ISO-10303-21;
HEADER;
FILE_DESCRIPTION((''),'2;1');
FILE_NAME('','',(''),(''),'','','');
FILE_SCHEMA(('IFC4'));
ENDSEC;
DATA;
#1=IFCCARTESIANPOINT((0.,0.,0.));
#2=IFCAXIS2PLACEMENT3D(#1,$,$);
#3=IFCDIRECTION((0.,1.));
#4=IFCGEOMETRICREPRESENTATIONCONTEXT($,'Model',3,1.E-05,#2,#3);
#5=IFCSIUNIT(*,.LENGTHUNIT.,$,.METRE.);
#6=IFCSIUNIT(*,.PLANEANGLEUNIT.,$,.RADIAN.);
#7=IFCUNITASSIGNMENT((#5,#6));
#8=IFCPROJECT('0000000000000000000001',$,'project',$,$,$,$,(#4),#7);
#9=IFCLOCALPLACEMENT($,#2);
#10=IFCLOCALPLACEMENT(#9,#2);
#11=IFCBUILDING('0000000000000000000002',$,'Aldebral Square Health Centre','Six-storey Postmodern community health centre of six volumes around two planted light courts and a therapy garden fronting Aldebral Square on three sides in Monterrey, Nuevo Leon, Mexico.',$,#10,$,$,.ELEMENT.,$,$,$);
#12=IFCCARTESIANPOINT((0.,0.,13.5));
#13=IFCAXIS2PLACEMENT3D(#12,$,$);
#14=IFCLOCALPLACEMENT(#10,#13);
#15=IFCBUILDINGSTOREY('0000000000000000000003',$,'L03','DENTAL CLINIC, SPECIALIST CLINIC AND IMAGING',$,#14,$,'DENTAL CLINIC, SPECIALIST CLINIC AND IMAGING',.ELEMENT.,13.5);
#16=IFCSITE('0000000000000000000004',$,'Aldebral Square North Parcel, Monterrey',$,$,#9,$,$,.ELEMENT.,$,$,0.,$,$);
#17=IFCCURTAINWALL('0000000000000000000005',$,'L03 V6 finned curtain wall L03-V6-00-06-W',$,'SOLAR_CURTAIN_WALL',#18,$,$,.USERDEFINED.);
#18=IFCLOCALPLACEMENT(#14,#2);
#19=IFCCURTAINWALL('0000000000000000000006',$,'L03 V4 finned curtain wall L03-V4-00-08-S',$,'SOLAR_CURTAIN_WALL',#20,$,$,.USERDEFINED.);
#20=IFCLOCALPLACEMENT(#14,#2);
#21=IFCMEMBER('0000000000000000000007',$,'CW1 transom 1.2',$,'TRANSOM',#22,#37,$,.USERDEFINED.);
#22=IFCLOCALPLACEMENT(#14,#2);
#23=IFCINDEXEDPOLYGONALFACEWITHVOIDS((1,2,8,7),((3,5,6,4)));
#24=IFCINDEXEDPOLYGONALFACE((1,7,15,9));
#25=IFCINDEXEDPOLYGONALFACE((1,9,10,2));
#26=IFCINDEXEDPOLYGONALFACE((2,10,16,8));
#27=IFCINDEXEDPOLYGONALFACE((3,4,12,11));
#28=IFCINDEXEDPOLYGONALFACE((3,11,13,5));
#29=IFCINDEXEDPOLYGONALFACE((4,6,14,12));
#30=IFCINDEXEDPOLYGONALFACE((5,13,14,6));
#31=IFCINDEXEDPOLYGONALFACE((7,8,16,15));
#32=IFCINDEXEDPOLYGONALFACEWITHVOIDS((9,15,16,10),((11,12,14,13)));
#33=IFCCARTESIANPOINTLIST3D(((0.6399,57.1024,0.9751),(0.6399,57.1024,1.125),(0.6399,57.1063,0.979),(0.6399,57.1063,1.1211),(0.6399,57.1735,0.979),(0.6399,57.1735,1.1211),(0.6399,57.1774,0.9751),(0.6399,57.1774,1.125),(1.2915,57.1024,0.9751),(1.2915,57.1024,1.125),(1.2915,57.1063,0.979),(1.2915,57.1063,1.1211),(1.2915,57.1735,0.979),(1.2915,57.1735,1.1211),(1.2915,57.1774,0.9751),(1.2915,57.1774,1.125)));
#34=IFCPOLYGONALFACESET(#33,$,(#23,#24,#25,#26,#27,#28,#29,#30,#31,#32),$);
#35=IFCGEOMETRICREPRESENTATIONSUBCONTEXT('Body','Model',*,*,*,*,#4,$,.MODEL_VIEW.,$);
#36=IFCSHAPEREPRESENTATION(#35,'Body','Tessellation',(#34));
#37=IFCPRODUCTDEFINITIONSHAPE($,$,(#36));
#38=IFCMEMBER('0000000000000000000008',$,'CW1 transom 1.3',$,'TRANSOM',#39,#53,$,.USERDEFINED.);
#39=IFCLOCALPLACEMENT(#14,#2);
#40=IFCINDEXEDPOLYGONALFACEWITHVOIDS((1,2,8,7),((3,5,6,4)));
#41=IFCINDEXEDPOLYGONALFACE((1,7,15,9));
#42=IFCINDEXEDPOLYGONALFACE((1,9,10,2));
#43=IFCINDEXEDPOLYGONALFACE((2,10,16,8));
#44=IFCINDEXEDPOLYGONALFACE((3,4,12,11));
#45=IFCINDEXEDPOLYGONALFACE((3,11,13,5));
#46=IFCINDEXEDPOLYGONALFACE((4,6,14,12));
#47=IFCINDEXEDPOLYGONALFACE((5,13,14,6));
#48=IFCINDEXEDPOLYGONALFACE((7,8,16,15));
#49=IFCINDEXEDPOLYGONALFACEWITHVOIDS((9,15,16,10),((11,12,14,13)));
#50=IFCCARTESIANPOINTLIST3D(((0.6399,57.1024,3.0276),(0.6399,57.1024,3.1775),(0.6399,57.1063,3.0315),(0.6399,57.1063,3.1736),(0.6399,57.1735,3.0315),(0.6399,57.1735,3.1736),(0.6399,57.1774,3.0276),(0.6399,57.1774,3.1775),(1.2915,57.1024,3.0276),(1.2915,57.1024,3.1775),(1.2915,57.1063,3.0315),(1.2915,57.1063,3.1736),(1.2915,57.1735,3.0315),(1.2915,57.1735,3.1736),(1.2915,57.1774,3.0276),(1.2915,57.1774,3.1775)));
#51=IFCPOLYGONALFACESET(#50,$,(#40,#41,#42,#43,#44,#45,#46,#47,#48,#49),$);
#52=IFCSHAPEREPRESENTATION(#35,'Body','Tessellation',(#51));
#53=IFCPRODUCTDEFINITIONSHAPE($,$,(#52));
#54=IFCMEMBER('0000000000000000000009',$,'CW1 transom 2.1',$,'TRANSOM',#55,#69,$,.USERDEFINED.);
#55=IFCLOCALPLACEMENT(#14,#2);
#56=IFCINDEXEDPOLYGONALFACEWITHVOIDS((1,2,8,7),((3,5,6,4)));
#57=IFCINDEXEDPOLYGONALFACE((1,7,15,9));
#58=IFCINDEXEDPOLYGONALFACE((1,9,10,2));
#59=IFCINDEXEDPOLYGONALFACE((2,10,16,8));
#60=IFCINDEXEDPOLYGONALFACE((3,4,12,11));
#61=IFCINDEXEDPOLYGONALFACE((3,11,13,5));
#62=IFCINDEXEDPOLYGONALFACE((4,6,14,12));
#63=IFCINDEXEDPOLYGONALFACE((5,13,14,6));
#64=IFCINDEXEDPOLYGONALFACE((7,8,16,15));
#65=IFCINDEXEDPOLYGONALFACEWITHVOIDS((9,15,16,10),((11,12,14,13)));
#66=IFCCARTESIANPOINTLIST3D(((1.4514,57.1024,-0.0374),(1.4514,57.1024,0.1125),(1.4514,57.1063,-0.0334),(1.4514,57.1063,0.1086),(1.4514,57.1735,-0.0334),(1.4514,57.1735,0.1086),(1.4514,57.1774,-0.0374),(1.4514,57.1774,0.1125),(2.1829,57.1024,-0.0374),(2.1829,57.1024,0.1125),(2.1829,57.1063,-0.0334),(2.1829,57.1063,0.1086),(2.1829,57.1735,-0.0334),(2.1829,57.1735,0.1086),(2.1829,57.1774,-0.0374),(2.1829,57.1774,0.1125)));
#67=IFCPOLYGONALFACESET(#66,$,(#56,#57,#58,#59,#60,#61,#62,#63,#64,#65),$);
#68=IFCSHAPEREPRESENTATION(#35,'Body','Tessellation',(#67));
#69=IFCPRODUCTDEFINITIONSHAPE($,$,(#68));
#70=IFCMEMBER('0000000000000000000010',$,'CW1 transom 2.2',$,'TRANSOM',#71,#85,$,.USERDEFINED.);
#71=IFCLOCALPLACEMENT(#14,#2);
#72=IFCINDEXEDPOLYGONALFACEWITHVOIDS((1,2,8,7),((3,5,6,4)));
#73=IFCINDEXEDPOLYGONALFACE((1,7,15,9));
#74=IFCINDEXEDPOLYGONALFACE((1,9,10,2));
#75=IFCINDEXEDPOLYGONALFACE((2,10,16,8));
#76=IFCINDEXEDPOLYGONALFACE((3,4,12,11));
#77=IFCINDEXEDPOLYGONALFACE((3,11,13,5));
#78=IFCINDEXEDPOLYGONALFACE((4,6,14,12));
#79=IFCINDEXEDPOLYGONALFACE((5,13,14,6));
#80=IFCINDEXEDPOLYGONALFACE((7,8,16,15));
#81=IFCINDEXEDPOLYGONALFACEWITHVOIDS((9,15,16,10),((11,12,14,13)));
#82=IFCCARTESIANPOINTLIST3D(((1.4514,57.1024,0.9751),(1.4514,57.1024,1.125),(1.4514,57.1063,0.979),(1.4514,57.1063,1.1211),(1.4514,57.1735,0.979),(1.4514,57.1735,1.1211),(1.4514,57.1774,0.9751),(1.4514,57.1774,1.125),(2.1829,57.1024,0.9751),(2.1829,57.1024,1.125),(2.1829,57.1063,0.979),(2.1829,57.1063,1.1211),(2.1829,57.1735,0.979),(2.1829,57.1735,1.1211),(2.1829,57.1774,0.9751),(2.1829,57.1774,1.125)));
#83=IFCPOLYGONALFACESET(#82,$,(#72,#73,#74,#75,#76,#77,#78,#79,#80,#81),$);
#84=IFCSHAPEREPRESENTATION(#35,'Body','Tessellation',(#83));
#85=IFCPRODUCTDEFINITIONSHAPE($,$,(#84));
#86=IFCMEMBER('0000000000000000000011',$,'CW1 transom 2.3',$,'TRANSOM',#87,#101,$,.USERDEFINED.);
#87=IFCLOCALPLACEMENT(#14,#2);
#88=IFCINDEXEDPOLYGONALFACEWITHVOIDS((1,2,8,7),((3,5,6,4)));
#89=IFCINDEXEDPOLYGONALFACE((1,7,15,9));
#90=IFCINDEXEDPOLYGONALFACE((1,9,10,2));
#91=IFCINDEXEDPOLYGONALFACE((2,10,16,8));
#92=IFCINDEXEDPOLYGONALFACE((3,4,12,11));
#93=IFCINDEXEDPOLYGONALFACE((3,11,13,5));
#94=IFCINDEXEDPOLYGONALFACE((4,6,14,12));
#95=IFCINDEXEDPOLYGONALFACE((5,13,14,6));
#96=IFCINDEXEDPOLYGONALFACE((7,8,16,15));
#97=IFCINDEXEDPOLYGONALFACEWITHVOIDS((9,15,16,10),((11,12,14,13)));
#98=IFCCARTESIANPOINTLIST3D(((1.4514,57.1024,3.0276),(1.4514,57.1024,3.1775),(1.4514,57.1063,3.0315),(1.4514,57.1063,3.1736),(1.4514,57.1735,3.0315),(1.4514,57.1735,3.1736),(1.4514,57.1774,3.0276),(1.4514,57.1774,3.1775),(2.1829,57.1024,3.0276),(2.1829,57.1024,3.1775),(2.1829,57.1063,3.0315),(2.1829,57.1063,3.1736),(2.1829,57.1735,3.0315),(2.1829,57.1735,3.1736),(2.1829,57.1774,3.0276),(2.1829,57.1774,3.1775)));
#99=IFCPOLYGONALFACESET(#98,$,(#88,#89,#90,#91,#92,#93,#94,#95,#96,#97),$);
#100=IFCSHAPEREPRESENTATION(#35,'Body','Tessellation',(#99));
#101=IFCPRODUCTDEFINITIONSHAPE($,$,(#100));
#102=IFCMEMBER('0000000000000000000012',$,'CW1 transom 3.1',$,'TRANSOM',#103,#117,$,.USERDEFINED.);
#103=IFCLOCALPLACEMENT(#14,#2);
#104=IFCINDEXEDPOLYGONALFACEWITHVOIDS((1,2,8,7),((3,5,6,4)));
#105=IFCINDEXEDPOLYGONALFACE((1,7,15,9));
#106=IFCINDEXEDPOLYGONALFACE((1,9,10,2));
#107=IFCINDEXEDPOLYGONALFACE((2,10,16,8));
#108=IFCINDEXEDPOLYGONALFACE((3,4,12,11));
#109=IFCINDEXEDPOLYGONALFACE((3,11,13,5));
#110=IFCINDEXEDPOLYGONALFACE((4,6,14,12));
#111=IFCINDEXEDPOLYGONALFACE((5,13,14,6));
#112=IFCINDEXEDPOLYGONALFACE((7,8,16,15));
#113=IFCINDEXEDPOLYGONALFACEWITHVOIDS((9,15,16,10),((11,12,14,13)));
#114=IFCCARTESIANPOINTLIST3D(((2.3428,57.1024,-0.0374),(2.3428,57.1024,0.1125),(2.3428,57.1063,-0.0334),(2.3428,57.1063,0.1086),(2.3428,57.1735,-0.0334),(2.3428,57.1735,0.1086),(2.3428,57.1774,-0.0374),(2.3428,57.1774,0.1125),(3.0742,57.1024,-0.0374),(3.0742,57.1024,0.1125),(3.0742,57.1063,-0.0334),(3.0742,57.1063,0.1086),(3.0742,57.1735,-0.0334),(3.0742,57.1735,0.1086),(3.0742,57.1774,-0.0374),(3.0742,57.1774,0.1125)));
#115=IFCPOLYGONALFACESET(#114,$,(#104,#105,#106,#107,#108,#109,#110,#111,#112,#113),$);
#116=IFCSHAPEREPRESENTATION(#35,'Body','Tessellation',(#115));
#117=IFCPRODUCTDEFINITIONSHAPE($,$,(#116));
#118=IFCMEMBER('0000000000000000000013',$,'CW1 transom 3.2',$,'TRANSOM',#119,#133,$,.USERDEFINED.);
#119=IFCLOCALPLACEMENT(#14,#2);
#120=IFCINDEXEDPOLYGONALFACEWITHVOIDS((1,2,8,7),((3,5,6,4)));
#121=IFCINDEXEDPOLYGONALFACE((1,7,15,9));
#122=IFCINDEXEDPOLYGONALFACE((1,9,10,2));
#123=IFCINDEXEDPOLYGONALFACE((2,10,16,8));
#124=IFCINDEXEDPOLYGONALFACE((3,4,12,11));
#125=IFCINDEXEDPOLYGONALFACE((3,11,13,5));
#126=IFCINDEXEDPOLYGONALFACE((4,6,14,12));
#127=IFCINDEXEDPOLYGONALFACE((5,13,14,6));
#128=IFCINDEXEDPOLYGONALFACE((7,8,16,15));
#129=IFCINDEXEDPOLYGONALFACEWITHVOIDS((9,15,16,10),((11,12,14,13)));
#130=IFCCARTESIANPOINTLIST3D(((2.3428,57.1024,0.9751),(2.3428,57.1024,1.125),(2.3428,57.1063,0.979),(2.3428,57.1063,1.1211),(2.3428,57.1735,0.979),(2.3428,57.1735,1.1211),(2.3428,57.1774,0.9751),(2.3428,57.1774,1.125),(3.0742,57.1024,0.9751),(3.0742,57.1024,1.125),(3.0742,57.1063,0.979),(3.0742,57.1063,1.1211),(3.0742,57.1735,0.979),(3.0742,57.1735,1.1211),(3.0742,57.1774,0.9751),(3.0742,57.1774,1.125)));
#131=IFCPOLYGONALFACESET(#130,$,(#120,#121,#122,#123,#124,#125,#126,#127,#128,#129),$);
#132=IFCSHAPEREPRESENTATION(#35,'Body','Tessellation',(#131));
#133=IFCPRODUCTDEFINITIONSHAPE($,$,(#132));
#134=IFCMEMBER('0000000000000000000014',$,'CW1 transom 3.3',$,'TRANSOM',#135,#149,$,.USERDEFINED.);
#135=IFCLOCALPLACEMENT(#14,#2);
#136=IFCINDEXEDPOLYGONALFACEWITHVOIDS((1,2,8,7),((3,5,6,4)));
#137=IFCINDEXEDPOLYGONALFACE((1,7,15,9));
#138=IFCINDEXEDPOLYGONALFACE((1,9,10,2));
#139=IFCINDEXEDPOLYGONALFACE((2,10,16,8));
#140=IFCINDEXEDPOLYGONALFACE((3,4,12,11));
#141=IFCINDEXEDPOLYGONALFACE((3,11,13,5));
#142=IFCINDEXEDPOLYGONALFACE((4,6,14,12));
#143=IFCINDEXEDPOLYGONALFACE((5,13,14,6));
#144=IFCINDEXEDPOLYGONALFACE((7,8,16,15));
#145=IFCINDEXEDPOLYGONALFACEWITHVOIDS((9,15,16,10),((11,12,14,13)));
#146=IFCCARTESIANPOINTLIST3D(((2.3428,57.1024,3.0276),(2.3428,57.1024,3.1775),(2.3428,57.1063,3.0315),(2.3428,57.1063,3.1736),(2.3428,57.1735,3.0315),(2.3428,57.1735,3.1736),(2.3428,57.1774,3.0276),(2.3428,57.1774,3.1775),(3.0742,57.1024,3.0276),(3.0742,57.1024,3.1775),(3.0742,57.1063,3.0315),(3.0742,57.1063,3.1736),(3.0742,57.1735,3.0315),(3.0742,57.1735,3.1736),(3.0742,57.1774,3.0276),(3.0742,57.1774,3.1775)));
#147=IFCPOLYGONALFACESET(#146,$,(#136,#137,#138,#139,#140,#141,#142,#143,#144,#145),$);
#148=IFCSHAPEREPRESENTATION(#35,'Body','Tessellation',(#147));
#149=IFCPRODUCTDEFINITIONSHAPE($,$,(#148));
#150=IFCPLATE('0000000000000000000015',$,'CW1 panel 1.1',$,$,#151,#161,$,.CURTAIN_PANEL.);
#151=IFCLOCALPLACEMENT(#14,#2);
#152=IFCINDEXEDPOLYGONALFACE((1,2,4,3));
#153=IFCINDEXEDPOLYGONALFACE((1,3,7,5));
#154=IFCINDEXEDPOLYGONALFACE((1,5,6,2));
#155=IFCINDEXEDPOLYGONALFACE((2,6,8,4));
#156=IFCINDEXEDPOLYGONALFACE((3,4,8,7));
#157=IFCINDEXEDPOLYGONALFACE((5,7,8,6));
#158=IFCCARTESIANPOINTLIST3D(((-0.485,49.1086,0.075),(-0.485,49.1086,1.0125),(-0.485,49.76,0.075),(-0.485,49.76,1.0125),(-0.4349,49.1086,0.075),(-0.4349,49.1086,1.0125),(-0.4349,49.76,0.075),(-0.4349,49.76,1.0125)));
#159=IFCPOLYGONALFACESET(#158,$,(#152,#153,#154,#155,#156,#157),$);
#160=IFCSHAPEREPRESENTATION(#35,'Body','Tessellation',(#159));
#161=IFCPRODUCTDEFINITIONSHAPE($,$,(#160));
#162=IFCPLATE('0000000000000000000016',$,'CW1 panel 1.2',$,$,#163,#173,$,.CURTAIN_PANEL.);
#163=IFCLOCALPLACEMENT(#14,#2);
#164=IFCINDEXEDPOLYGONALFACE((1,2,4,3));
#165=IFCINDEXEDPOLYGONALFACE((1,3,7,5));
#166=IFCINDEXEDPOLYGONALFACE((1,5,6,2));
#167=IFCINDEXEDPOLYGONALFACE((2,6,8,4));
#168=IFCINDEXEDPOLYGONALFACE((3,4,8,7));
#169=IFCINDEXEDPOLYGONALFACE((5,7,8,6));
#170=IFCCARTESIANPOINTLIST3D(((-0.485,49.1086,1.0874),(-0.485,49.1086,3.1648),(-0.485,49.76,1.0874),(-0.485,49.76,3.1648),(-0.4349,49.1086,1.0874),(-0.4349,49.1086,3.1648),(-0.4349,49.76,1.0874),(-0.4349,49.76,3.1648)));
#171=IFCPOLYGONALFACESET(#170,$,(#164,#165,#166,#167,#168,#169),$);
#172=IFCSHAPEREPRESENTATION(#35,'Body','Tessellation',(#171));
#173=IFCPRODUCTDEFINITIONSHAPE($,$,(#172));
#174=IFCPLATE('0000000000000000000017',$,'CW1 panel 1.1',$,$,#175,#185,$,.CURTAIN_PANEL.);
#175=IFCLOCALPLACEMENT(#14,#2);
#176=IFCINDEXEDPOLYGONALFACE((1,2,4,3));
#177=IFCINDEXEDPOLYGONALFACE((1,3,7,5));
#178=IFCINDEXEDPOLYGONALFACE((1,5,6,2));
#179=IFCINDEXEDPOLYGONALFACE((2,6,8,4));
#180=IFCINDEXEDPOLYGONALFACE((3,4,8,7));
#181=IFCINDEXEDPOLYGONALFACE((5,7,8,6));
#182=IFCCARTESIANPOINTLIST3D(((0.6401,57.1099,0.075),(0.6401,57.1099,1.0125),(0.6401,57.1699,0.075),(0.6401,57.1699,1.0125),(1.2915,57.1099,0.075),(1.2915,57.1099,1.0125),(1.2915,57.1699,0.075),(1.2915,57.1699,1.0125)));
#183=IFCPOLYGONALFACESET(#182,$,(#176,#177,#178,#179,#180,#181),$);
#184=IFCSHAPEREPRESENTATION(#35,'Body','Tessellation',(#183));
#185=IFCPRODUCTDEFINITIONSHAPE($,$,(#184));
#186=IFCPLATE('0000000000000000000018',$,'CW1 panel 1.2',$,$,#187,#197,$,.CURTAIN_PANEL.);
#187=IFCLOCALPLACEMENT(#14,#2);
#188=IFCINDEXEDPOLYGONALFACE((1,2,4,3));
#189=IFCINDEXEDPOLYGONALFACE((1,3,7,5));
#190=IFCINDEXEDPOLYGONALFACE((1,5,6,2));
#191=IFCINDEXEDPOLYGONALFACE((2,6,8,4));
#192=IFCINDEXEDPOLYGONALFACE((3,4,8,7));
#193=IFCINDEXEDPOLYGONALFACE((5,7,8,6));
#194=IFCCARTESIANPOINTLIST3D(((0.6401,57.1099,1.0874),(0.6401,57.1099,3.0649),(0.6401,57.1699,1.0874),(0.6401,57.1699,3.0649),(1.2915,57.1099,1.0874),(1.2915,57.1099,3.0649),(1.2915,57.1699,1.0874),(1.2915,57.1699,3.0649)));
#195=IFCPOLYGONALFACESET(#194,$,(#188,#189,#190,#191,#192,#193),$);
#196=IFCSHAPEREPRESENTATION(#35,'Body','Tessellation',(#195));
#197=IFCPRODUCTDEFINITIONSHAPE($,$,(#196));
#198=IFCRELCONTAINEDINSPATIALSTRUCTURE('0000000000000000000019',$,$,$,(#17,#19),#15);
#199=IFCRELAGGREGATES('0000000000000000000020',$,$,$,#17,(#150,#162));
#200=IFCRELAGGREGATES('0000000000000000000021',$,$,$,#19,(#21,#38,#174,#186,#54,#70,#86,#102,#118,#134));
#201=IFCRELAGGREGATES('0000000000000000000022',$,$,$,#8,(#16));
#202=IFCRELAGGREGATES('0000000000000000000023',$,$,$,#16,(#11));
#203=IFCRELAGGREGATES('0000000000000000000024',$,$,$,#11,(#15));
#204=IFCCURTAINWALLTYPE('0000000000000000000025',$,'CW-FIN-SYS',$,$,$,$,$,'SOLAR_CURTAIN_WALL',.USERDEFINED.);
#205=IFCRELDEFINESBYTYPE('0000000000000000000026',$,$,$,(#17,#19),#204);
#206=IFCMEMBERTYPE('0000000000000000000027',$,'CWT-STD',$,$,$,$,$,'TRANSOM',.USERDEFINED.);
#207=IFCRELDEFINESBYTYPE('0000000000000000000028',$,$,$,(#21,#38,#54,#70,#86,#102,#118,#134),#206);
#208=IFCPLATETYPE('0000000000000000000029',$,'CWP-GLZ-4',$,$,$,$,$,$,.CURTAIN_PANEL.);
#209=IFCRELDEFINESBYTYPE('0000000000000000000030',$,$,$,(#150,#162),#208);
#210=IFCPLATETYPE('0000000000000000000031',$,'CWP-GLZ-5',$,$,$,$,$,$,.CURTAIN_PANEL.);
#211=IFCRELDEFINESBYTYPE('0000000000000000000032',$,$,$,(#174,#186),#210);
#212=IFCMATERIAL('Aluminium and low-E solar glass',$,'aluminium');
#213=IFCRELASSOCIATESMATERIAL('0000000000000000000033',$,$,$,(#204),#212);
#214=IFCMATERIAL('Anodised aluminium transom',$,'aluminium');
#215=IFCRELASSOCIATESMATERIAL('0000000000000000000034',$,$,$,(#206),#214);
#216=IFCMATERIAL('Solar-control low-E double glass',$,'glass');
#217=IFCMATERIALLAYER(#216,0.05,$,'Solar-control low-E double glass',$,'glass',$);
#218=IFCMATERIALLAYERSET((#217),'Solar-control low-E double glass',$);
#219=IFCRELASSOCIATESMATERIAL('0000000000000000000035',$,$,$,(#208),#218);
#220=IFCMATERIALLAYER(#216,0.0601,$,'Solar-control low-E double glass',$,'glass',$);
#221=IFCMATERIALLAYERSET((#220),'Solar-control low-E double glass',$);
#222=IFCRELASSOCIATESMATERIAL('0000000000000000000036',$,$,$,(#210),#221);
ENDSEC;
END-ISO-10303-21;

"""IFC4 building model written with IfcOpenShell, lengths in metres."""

from ifc_helpers import new_model, si_unit, direction, frame, origin, origin_2d, place, context, subcontext, project, spatial, rectangle, hollow_rectangle, extrude, material, layer, layer_set, material_profile, profile_set, type_object, element, aggregate, save


model = new_model("IFC4")

# Units and contexts
model_context = context("Model", 3, precision=1e-05, world=origin(), true_north=direction((0.0, 1.0)))
body_context = subcontext(model_context, "Body", "Model", "MODEL_VIEW")
ifc_project = project(units=[si_unit("LENGTHUNIT", "METRE"), si_unit("PLANEANGLEUNIT", "RADIAN")], contexts=[model_context])

# Site, building, storey
site_placement = place(None, origin())
site = spatial("IfcSite", under=ifc_project, at=site_placement, Name="Aldebral Square North Parcel, Monterrey", CompositionType="ELEMENT", RefElevation=0.0)
building_placement = place(site_placement, origin())
building = spatial("IfcBuilding", under=site, at=building_placement, Name="Aldebral Square Health Centre", Description="Six-storey Postmodern community health centre of six volumes around two planted light courts and a therapy garden fronting Aldebral Square on three sides in Monterrey, Nuevo Leon, Mexico.", CompositionType="ELEMENT")
storey_placement = place(building_placement, frame((0.0, 0.0, 13.5)))
storey = spatial("IfcBuildingStorey", under=building, at=storey_placement, Name="L03", Description="DENTAL CLINIC, SPECIALIST CLINIC AND IMAGING", LongName="DENTAL CLINIC, SPECIALIST CLINIC AND IMAGING", CompositionType="ELEMENT", Elevation=13.5)

# Curtain walls
ifc_material_1 = material(Name="Aluminium and low-E solar glass", Category="aluminium")
curtain_wall_type = type_object("IfcCurtainWallType", Name="CW-FIN-SYS", ElementType="SOLAR_CURTAIN_WALL", PredefinedType="USERDEFINED", material=ifc_material_1)
curtain_wall_1_placement = place(storey_placement, origin())
curtain_wall_1 = element("IfcCurtainWall", 1, at=curtain_wall_1_placement, inside=storey, type_object=curtain_wall_type, Name="L03 V6 finned curtain wall L03-V6-00-06-W", ObjectType="SOLAR_CURTAIN_WALL", PredefinedType="USERDEFINED")
curtain_wall_2_placement = place(storey_placement, origin())
curtain_wall_2 = element("IfcCurtainWall", 2, at=curtain_wall_2_placement, inside=storey, type_object=curtain_wall_type, Name="L03 V4 finned curtain wall L03-V4-00-08-S", ObjectType="SOLAR_CURTAIN_WALL", PredefinedType="USERDEFINED")

# Members
ifc_material_2 = material(Name="Anodised aluminium transom", Category="aluminium")
ifc_material_profile_1 = material_profile(ifc_material_2, hollow_rectangle(XDim=0.075, YDim=0.1499, WallThickness=0.0039, at=origin_2d()), Name="CWT 75x150x4")
ifc_profile_set_1 = profile_set([ifc_material_profile_1], Name="Anodised aluminium transom")
member_type_1 = type_object("IfcMemberType", Name="CWT-STD", ElementType="TRANSOM", PredefinedType="USERDEFINED", material=ifc_profile_set_1)
member_1_placement = place(storey_placement, frame((0.6399, 57.1399, 1.05), z_axis=(1.0, 0.0, 0.0), x_axis=(0.0, 1.0, 0.0)))
member_1 = element("IfcMember", 3, at=member_1_placement, type_object=member_type_1, Name="CW1 transom 1.2", ObjectType="TRANSOM", PredefinedType="USERDEFINED", context=body_context, shape_type="SweptSolid", body=[
    extrude(hollow_rectangle(XDim=0.075, YDim=0.1499, WallThickness=0.0039, at=origin_2d()), origin(), (0.0, 0.0, 1.0), 0.6516),
])
member_2_placement = place(storey_placement, frame((0.6399, 57.1399, 3.1025), z_axis=(1.0, 0.0, 0.0), x_axis=(0.0, 1.0, 0.0)))
member_2 = element("IfcMember", 4, at=member_2_placement, type_object=member_type_1, Name="CW1 transom 1.3", ObjectType="TRANSOM", PredefinedType="USERDEFINED", context=body_context, shape_type="SweptSolid", body=[
    extrude(hollow_rectangle(XDim=0.075, YDim=0.1499, WallThickness=0.0039, at=origin_2d()), origin(), (0.0, 0.0, 1.0), 0.6516),
])
member_3_placement = place(storey_placement, frame((1.4514, 57.1399, 0.0376), z_axis=(1.0, 0.0, 0.0), x_axis=(0.0, 1.0, 0.0)))
member_3 = element("IfcMember", 5, at=member_3_placement, type_object=member_type_1, Name="CW1 transom 2.1", ObjectType="TRANSOM", PredefinedType="USERDEFINED", context=body_context, shape_type="SweptSolid", body=[
    extrude(hollow_rectangle(XDim=0.075, YDim=0.1499, WallThickness=0.0039, at=origin_2d()), origin(), (0.0, 0.0, 1.0), 0.7314),
])
member_4_placement = place(storey_placement, frame((1.4514, 57.1399, 1.05), z_axis=(1.0, 0.0, 0.0), x_axis=(0.0, 1.0, 0.0)))
member_4 = element("IfcMember", 6, at=member_4_placement, type_object=member_type_1, Name="CW1 transom 2.2", ObjectType="TRANSOM", PredefinedType="USERDEFINED", context=body_context, shape_type="SweptSolid", body=[
    extrude(hollow_rectangle(XDim=0.075, YDim=0.1499, WallThickness=0.0039, at=origin_2d()), origin(), (0.0, 0.0, 1.0), 0.7314),
])
member_5_placement = place(storey_placement, frame((1.4514, 57.1399, 3.1025), z_axis=(1.0, 0.0, 0.0), x_axis=(0.0, 1.0, 0.0)))
member_5 = element("IfcMember", 7, at=member_5_placement, type_object=member_type_1, Name="CW1 transom 2.3", ObjectType="TRANSOM", PredefinedType="USERDEFINED", context=body_context, shape_type="SweptSolid", body=[
    extrude(hollow_rectangle(XDim=0.075, YDim=0.1499, WallThickness=0.0039, at=origin_2d()), origin(), (0.0, 0.0, 1.0), 0.7314),
])
member_6_placement = place(storey_placement, frame((2.3428, 57.1399, 0.0376), z_axis=(1.0, 0.0, 0.0), x_axis=(0.0, 1.0, 0.0)))
member_6 = element("IfcMember", 8, at=member_6_placement, type_object=member_type_1, Name="CW1 transom 3.1", ObjectType="TRANSOM", PredefinedType="USERDEFINED", context=body_context, shape_type="SweptSolid", body=[
    extrude(hollow_rectangle(XDim=0.075, YDim=0.1499, WallThickness=0.0039, at=origin_2d()), origin(), (0.0, 0.0, 1.0), 0.7314),
])
member_7_placement = place(storey_placement, frame((2.3428, 57.1399, 1.05), z_axis=(1.0, 0.0, 0.0), x_axis=(0.0, 1.0, 0.0)))
member_7 = element("IfcMember", 9, at=member_7_placement, type_object=member_type_1, Name="CW1 transom 3.2", ObjectType="TRANSOM", PredefinedType="USERDEFINED", context=body_context, shape_type="SweptSolid", body=[
    extrude(hollow_rectangle(XDim=0.075, YDim=0.1499, WallThickness=0.0039, at=origin_2d()), origin(), (0.0, 0.0, 1.0), 0.7314),
])
member_8_placement = place(storey_placement, frame((2.3428, 57.1399, 3.1025), z_axis=(1.0, 0.0, 0.0), x_axis=(0.0, 1.0, 0.0)))
member_8 = element("IfcMember", 10, at=member_8_placement, type_object=member_type_1, Name="CW1 transom 3.3", ObjectType="TRANSOM", PredefinedType="USERDEFINED", context=body_context, shape_type="SweptSolid", body=[
    extrude(hollow_rectangle(XDim=0.075, YDim=0.1499, WallThickness=0.0039, at=origin_2d()), origin(), (0.0, 0.0, 1.0), 0.7314),
])

# Plates
ifc_material_3 = material(Name="Solar-control low-E double glass", Category="glass")
ifc_layer_1 = layer(ifc_material_3, 0.05, Name="Solar-control low-E double glass", Category="glass")
ifc_layer_set_1 = layer_set([ifc_layer_1], Name="Solar-control low-E double glass")
plate_type_1 = type_object("IfcPlateType", Name="CWP-GLZ-4", PredefinedType="CURTAIN_PANEL", material=ifc_layer_set_1)
plate_1_placement = place(storey_placement, frame((-0.46, 49.4343, 0.075), z_axis=(0.0, 0.0, 1.0), x_axis=(0.0, -1.0, 0.0)))
plate_1 = element("IfcPlate", 11, at=plate_1_placement, type_object=plate_type_1, Name="CW1 panel 1.1", PredefinedType="CURTAIN_PANEL", context=body_context, shape_type="SweptSolid", body=[
    extrude(rectangle(XDim=0.6514, YDim=0.05, at=origin_2d()), origin(), (0.0, 0.0, 1.0), 0.9375),
])
plate_2_placement = place(storey_placement, frame((-0.46, 49.4343, 1.0874), z_axis=(0.0, 0.0, 1.0), x_axis=(0.0, -1.0, 0.0)))
plate_2 = element("IfcPlate", 12, at=plate_2_placement, type_object=plate_type_1, Name="CW1 panel 1.2", PredefinedType="CURTAIN_PANEL", context=body_context, shape_type="SweptSolid", body=[
    extrude(rectangle(XDim=0.6514, YDim=0.05, at=origin_2d()), origin(), (0.0, 0.0, 1.0), 2.0774),
])
aggregate(curtain_wall_1, [plate_1, plate_2])
ifc_layer_2 = layer(ifc_material_3, 0.0601, Name="Solar-control low-E double glass", Category="glass")
ifc_layer_set_2 = layer_set([ifc_layer_2], Name="Solar-control low-E double glass")
plate_type_2 = type_object("IfcPlateType", Name="CWP-GLZ-5", PredefinedType="CURTAIN_PANEL", material=ifc_layer_set_2)
plate_3_placement = place(storey_placement, frame((0.9658, 57.1399, 0.075), z_axis=(0.0, 0.0, 1.0), x_axis=(1.0, 0.0, 0.0)))
plate_3 = element("IfcPlate", 13, at=plate_3_placement, type_object=plate_type_2, Name="CW1 panel 1.1", PredefinedType="CURTAIN_PANEL", context=body_context, shape_type="SweptSolid", body=[
    extrude(rectangle(XDim=0.6514, YDim=0.0601, at=origin_2d()), origin(), (0.0, 0.0, 1.0), 0.9375),
])
plate_4_placement = place(storey_placement, frame((0.9658, 57.1399, 1.0874), z_axis=(0.0, 0.0, 1.0), x_axis=(1.0, 0.0, 0.0)))
plate_4 = element("IfcPlate", 14, at=plate_4_placement, type_object=plate_type_2, Name="CW1 panel 1.2", PredefinedType="CURTAIN_PANEL", context=body_context, shape_type="SweptSolid", body=[
    extrude(rectangle(XDim=0.6514, YDim=0.0601, at=origin_2d()), origin(), (0.0, 0.0, 1.0), 1.9775),
])
aggregate(curtain_wall_2, [member_1, member_2, plate_3, plate_4, member_3, member_4, member_5, member_6, member_7, member_8])

save(model, "model.ifc")
